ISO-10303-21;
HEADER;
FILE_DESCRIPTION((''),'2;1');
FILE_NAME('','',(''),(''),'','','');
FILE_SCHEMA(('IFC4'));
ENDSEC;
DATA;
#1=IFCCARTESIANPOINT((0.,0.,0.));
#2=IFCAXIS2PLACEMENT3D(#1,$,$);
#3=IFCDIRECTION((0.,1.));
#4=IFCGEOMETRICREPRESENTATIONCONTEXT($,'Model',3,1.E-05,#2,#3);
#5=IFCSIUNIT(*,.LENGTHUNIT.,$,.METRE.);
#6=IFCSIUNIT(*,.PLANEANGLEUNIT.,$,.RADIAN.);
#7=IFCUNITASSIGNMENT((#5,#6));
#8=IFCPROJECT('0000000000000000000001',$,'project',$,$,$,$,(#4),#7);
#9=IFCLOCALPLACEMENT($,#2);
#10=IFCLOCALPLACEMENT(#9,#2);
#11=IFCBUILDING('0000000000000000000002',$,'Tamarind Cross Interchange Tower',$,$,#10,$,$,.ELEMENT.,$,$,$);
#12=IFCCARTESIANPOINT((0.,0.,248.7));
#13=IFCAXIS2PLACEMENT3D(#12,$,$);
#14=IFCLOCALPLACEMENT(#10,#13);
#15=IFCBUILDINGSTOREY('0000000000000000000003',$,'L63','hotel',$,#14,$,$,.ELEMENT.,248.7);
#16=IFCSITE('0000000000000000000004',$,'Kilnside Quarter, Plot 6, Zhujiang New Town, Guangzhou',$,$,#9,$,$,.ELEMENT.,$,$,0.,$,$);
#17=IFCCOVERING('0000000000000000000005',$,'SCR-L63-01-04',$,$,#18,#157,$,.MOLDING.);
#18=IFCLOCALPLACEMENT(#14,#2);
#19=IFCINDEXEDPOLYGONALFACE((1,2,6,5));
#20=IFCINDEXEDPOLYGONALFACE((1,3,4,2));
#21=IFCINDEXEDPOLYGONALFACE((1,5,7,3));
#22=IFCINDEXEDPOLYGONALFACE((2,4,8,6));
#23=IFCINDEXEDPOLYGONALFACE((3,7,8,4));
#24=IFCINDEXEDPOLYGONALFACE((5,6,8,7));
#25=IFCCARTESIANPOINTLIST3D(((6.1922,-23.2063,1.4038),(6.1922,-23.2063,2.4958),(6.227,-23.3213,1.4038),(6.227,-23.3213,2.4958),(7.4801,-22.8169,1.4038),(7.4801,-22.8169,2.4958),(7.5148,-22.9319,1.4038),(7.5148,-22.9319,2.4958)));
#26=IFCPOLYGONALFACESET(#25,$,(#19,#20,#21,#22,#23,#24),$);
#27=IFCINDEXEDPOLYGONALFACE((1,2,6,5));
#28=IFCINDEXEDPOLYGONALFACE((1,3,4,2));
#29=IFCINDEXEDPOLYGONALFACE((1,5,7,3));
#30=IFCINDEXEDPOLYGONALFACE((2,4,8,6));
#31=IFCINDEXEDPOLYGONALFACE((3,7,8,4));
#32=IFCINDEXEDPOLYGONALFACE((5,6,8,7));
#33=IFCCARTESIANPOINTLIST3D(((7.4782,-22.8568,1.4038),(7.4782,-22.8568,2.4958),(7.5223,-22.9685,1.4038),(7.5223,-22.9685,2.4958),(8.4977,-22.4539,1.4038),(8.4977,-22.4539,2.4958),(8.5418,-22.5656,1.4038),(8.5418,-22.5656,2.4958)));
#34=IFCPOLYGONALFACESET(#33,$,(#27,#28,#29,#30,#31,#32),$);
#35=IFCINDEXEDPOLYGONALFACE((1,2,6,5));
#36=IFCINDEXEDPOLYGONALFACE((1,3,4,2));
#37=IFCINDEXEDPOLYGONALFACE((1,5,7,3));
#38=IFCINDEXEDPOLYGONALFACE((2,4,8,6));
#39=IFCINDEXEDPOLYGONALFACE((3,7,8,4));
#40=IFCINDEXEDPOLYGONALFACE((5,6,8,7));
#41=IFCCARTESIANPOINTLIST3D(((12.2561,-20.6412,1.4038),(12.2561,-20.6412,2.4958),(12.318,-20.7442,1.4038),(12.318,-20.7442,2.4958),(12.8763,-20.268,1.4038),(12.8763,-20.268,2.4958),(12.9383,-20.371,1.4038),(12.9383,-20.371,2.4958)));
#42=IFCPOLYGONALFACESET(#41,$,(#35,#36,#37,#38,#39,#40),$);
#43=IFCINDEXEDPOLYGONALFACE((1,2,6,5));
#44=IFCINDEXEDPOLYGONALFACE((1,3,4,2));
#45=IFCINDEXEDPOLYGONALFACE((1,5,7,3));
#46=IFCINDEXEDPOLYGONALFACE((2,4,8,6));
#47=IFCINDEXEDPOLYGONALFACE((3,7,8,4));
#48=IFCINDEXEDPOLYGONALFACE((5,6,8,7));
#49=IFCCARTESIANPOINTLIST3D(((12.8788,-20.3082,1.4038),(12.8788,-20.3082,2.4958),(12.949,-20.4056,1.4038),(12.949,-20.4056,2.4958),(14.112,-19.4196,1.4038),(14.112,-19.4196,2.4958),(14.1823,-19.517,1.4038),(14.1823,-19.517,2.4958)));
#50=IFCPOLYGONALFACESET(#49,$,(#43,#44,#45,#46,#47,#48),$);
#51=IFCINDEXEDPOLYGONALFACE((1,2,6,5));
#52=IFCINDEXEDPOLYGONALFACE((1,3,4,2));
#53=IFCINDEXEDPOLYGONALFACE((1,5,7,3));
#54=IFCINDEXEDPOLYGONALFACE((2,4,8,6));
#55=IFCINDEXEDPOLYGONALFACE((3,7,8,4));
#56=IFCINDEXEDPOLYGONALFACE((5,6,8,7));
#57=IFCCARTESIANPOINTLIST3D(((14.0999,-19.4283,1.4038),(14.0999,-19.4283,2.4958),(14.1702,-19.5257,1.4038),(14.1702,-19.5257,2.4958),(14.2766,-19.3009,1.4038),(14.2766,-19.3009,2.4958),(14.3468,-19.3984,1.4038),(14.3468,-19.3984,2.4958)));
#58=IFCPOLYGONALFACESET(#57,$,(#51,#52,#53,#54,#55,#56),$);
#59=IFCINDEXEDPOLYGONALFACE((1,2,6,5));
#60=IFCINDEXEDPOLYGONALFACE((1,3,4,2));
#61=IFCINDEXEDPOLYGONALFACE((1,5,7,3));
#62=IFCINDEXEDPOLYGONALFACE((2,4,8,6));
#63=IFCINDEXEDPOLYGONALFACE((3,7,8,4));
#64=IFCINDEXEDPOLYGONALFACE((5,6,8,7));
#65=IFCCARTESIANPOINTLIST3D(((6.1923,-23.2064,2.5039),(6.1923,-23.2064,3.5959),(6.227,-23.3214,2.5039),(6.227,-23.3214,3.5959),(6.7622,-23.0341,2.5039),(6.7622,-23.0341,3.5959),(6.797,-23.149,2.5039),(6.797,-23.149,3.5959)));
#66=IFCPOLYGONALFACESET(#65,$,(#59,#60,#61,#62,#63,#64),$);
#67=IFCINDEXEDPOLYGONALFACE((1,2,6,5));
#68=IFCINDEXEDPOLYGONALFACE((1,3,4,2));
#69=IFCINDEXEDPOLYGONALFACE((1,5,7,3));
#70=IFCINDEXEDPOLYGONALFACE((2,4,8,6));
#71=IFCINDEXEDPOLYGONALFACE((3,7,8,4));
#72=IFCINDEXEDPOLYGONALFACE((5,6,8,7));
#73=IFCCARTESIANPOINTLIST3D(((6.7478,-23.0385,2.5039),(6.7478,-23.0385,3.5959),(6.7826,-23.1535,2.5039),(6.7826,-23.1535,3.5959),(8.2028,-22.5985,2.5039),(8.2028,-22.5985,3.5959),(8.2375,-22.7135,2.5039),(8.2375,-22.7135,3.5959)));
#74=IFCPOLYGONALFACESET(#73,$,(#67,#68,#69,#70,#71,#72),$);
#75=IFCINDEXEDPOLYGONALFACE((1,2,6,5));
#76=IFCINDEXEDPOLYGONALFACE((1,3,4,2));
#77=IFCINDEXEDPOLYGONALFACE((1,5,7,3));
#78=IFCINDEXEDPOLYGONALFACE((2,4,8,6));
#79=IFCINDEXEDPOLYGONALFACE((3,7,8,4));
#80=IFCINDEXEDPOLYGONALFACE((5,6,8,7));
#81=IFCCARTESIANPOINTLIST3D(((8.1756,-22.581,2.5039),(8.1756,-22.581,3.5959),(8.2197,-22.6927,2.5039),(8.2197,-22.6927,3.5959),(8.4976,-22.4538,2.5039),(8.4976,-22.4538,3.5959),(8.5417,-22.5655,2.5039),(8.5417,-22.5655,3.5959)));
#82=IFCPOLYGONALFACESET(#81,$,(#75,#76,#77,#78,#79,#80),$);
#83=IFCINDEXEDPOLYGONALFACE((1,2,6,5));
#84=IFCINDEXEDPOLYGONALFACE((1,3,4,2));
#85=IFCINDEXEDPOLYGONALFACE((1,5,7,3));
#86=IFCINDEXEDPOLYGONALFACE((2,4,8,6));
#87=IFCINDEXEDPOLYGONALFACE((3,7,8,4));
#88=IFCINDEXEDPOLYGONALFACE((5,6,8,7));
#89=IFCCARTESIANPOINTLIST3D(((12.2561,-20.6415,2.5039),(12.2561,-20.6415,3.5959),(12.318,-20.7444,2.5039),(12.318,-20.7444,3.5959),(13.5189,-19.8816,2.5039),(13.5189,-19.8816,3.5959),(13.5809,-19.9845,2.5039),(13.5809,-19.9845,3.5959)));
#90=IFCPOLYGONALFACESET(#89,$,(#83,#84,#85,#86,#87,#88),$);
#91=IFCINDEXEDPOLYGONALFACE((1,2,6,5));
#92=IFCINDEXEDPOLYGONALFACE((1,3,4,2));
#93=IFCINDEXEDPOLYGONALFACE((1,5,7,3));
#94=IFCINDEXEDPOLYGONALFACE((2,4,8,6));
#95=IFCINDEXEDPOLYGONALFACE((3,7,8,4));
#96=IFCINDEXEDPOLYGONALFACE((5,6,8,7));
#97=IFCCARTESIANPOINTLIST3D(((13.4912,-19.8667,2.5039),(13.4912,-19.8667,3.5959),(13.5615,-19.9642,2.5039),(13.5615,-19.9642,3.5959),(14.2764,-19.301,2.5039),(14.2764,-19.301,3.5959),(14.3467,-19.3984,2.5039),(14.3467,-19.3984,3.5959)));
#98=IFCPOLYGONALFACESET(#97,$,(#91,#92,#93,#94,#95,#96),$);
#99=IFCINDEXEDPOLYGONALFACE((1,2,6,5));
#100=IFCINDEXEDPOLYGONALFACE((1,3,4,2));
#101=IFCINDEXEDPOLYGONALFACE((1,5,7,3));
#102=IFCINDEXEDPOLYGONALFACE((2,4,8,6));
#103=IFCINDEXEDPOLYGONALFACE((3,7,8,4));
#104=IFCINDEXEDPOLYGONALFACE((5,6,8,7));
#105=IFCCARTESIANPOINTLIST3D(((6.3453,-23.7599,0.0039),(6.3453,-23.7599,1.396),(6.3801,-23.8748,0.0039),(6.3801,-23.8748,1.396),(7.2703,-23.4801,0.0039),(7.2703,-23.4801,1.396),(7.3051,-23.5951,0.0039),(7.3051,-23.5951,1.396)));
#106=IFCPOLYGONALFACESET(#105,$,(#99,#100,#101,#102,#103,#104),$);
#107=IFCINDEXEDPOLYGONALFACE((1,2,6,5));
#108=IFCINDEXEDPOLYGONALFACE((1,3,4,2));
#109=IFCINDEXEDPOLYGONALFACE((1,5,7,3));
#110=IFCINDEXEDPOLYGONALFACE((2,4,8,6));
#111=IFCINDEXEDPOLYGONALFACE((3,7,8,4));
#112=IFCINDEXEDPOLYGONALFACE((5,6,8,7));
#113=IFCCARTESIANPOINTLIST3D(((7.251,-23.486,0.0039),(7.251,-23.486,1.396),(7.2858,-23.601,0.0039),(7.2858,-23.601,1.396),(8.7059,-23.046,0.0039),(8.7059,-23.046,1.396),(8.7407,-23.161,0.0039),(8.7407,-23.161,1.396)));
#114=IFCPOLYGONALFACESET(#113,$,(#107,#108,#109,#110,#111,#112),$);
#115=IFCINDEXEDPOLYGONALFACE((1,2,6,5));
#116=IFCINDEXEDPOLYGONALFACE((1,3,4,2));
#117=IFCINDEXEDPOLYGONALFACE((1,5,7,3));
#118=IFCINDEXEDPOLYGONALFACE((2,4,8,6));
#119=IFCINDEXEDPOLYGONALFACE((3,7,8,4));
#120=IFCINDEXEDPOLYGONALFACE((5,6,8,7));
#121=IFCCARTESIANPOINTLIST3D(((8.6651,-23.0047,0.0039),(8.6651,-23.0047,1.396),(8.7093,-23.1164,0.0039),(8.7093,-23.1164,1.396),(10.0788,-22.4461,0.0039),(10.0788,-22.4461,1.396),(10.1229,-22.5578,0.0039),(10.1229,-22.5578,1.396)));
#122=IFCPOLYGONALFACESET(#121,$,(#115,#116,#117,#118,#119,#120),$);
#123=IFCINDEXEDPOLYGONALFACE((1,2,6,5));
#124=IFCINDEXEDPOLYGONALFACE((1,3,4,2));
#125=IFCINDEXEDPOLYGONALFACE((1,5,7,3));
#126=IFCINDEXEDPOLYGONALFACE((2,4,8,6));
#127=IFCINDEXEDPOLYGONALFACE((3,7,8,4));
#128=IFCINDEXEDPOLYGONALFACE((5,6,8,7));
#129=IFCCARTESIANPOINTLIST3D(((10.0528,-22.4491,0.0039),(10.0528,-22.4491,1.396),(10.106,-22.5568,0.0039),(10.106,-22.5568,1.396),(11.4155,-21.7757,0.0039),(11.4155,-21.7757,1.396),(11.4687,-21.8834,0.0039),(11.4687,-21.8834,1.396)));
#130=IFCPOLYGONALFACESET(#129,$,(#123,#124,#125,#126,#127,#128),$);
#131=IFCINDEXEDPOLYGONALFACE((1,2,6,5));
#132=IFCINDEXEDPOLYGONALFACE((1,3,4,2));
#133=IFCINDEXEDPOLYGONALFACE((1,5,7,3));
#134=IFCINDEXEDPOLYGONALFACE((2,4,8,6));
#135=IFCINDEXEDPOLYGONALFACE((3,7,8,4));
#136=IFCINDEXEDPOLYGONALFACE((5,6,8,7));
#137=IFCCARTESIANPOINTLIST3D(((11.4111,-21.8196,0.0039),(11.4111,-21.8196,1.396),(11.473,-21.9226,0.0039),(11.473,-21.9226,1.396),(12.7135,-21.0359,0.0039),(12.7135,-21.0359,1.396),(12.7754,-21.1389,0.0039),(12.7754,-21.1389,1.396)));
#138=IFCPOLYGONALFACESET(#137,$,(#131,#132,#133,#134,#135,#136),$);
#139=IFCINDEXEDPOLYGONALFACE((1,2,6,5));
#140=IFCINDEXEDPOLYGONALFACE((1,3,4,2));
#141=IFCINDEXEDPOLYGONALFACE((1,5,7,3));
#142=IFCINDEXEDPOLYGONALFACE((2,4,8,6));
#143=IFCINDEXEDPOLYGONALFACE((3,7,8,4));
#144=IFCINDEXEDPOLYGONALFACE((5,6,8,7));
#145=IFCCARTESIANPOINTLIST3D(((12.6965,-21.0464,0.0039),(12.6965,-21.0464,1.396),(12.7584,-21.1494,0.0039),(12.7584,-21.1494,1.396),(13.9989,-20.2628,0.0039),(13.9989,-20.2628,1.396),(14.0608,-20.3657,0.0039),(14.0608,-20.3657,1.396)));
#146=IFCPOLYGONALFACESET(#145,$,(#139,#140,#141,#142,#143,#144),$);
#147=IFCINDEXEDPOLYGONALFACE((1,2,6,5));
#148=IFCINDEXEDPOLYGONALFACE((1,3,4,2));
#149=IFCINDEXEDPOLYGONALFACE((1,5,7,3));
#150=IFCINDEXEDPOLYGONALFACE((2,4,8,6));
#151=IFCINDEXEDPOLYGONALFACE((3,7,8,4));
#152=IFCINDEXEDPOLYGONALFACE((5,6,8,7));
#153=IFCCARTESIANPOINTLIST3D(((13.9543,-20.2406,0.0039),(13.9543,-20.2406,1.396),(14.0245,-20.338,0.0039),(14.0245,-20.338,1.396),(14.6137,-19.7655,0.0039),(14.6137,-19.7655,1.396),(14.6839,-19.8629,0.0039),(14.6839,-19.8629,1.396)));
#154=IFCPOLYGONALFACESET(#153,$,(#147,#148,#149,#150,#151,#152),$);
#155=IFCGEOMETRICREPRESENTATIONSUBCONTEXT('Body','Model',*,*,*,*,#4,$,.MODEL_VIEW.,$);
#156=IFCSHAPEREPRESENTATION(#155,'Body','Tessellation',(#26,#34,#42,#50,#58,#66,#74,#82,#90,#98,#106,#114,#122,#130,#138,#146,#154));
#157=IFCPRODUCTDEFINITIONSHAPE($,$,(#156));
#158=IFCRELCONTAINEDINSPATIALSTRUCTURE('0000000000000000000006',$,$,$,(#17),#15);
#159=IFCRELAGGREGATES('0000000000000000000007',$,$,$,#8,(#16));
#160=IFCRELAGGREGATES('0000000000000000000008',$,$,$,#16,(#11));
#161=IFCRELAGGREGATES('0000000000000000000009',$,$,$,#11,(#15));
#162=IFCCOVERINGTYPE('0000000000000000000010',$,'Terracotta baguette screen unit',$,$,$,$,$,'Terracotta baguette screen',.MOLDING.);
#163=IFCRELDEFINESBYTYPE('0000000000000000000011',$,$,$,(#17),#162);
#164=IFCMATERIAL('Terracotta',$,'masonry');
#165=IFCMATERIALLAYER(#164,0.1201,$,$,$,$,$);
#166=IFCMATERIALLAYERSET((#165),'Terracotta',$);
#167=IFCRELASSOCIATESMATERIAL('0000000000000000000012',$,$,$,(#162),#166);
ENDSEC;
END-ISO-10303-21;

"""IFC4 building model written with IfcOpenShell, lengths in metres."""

from ifc_helpers import new_model, si_unit, direction, frame, origin, origin_2d, place, context, subcontext, project, spatial, rectangle, extrude, material, layer, layer_set, type_object, element, save


model = new_model("IFC4")

# Units and contexts
model_context = context("Model", 3, precision=1e-05, world=origin(), true_north=direction((0.0, 1.0)))
body_context = subcontext(model_context, "Body", "Model", "MODEL_VIEW")
ifc_project = project(units=[si_unit("LENGTHUNIT", "METRE"), si_unit("PLANEANGLEUNIT", "RADIAN")], contexts=[model_context])

# Site, building, storey
site_placement = place(None, origin())
site = spatial("IfcSite", under=ifc_project, at=site_placement, Name="Kilnside Quarter, Plot 6, Zhujiang New Town, Guangzhou", CompositionType="ELEMENT", RefElevation=0.0)
building_placement = place(site_placement, origin())
building = spatial("IfcBuilding", under=site, at=building_placement, Name="Tamarind Cross Interchange Tower", CompositionType="ELEMENT")
storey_placement = place(building_placement, frame((0.0, 0.0, 248.7)))
storey = spatial("IfcBuildingStorey", under=building, at=storey_placement, Name="L63", Description="hotel", CompositionType="ELEMENT", Elevation=248.7)

# Covering
ifc_material_1 = material(Name="Terracotta", Category="masonry")
ifc_layer_1 = layer(ifc_material_1, 0.1201)
ifc_layer_set_1 = layer_set([ifc_layer_1], Name="Terracotta")
covering_type = type_object("IfcCoveringType", Name="Terracotta baguette screen unit", ElementType="Terracotta baguette screen", PredefinedType="MOLDING", material=ifc_layer_set_1)
covering_1_placement = place(storey_placement, origin())
element("IfcCovering", 1, at=covering_1_placement, inside=storey, type_object=covering_type, Name="SCR-L63-01-04", PredefinedType="MOLDING", context=body_context, shape_type="SweptSolid", body=[
    extrude(rectangle(XDim=1.3455, YDim=0.1201, at=origin_2d()), frame((6.8535, -23.0691, 1.4038), z_axis=(0.0, 0.0, 1.0), x_axis=(0.957191, 0.289458, 0.0)), (0.0, 0.0, 1.0), 1.092),
    extrude(rectangle(XDim=1.0962, YDim=0.1201, at=origin_2d()), frame((8.01, -22.7112, 1.4038), z_axis=(0.0, 0.0, 1.0), x_axis=(0.930018, 0.367514, 0.0)), (0.0, 0.0, 1.0), 1.092),
    extrude(rectangle(XDim=0.7239, YDim=0.1201, at=origin_2d()), frame((12.5972, -20.5061, 1.4038), z_axis=(0.0, 0.0, 1.0), x_axis=(0.856843, 0.515577, 0.0)), (0.0, 0.0, 1.0), 1.092),
    extrude(rectangle(XDim=1.52, YDim=0.1201, at=origin_2d()), frame((13.5305, -19.9126, 1.4038), z_axis=(0.0, 0.0, 1.0), x_axis=(0.81134, 0.584574, 0.0)), (0.0, 0.0, 1.0), 1.092),
    extrude(rectangle(XDim=0.2178, YDim=0.1201, at=origin_2d()), frame((14.2234, -19.4133, 1.4038), z_axis=(0.0, 0.0, 1.0), x_axis=(0.81134, 0.584574, 0.0)), (0.0, 0.0, 1.0), 1.092),
    extrude(rectangle(XDim=0.5955, YDim=0.1201, at=origin_2d()), frame((6.4946, -23.1777, 2.5039), z_axis=(0.0, 0.0, 1.0), x_axis=(0.957191, 0.289458, 0.0)), (0.0, 0.0, 1.0), 1.092),
    extrude(rectangle(XDim=1.52, YDim=0.1201, at=origin_2d()), frame((7.4927, -22.876, 2.5039), z_axis=(0.0, 0.0, 1.0), x_axis=(0.957191, 0.289458, 0.0)), (0.0, 0.0, 1.0), 1.092),
    extrude(rectangle(XDim=0.3462, YDim=0.1201, at=origin_2d()), frame((8.3586, -22.5732, 2.5039), z_axis=(0.0, 0.0, 1.0), x_axis=(0.930018, 0.367514, 0.0)), (0.0, 0.0, 1.0), 1.092),
    extrude(rectangle(XDim=1.4739, YDim=0.1201, at=origin_2d()), frame((12.9185, -20.313, 2.5039), z_axis=(0.0, 0.0, 1.0), x_axis=(0.856843, 0.515577, 0.0)), (0.0, 0.0, 1.0), 1.092),
    extrude(rectangle(XDim=0.9678, YDim=0.1201, at=origin_2d()), frame((13.9189, -19.6326, 2.5039), z_axis=(0.0, 0.0, 1.0), x_axis=(0.81134, 0.584574, 0.0)), (0.0, 0.0, 1.0), 1.092),
    extrude(rectangle(XDim=0.9663, YDim=0.1201, at=origin_2d()), frame((6.8252, -23.6775, 0.0039), z_axis=(0.0, 0.0, 1.0), x_axis=(0.957191, 0.289458, 0.0)), (0.0, 0.0, 1.0), 1.3921),
    extrude(rectangle(XDim=1.52, YDim=0.1201, at=origin_2d()), frame((7.9958, -23.3235, 0.0039), z_axis=(0.0, 0.0, 1.0), x_axis=(0.957191, 0.289458, 0.0)), (0.0, 0.0, 1.0), 1.3921),
    extrude(rectangle(XDim=1.52, YDim=0.1201, at=origin_2d()), frame((9.394, -22.7812, 0.0039), z_axis=(0.0, 0.0, 1.0), x_axis=(0.930018, 0.367514, 0.0)), (0.0, 0.0, 1.0), 1.3921),
    extrude(rectangle(XDim=1.52, YDim=0.1201, at=origin_2d()), frame((10.7607, -22.1663, 0.0039), z_axis=(0.0, 0.0, 1.0), x_axis=(0.896493, 0.443059, 0.0)), (0.0, 0.0, 1.0), 1.3921),
    extrude(rectangle(XDim=1.52, YDim=0.1201, at=origin_2d()), frame((12.0933, -21.4792, 0.0039), z_axis=(0.0, 0.0, 1.0), x_axis=(0.856843, 0.515577, 0.0)), (0.0, 0.0, 1.0), 1.3921),
    extrude(rectangle(XDim=1.52, YDim=0.1201, at=origin_2d()), frame((13.3787, -20.7061, 0.0039), z_axis=(0.0, 0.0, 1.0), x_axis=(0.856843, 0.515577, 0.0)), (0.0, 0.0, 1.0), 1.3921),
    extrude(rectangle(XDim=0.8127, YDim=0.1201, at=origin_2d()), frame((14.3191, -20.0518, 0.0039), z_axis=(0.0, 0.0, 1.0), x_axis=(0.81134, 0.584574, 0.0)), (0.0, 0.0, 1.0), 1.3921),
])

save(model, "model.ifc")
